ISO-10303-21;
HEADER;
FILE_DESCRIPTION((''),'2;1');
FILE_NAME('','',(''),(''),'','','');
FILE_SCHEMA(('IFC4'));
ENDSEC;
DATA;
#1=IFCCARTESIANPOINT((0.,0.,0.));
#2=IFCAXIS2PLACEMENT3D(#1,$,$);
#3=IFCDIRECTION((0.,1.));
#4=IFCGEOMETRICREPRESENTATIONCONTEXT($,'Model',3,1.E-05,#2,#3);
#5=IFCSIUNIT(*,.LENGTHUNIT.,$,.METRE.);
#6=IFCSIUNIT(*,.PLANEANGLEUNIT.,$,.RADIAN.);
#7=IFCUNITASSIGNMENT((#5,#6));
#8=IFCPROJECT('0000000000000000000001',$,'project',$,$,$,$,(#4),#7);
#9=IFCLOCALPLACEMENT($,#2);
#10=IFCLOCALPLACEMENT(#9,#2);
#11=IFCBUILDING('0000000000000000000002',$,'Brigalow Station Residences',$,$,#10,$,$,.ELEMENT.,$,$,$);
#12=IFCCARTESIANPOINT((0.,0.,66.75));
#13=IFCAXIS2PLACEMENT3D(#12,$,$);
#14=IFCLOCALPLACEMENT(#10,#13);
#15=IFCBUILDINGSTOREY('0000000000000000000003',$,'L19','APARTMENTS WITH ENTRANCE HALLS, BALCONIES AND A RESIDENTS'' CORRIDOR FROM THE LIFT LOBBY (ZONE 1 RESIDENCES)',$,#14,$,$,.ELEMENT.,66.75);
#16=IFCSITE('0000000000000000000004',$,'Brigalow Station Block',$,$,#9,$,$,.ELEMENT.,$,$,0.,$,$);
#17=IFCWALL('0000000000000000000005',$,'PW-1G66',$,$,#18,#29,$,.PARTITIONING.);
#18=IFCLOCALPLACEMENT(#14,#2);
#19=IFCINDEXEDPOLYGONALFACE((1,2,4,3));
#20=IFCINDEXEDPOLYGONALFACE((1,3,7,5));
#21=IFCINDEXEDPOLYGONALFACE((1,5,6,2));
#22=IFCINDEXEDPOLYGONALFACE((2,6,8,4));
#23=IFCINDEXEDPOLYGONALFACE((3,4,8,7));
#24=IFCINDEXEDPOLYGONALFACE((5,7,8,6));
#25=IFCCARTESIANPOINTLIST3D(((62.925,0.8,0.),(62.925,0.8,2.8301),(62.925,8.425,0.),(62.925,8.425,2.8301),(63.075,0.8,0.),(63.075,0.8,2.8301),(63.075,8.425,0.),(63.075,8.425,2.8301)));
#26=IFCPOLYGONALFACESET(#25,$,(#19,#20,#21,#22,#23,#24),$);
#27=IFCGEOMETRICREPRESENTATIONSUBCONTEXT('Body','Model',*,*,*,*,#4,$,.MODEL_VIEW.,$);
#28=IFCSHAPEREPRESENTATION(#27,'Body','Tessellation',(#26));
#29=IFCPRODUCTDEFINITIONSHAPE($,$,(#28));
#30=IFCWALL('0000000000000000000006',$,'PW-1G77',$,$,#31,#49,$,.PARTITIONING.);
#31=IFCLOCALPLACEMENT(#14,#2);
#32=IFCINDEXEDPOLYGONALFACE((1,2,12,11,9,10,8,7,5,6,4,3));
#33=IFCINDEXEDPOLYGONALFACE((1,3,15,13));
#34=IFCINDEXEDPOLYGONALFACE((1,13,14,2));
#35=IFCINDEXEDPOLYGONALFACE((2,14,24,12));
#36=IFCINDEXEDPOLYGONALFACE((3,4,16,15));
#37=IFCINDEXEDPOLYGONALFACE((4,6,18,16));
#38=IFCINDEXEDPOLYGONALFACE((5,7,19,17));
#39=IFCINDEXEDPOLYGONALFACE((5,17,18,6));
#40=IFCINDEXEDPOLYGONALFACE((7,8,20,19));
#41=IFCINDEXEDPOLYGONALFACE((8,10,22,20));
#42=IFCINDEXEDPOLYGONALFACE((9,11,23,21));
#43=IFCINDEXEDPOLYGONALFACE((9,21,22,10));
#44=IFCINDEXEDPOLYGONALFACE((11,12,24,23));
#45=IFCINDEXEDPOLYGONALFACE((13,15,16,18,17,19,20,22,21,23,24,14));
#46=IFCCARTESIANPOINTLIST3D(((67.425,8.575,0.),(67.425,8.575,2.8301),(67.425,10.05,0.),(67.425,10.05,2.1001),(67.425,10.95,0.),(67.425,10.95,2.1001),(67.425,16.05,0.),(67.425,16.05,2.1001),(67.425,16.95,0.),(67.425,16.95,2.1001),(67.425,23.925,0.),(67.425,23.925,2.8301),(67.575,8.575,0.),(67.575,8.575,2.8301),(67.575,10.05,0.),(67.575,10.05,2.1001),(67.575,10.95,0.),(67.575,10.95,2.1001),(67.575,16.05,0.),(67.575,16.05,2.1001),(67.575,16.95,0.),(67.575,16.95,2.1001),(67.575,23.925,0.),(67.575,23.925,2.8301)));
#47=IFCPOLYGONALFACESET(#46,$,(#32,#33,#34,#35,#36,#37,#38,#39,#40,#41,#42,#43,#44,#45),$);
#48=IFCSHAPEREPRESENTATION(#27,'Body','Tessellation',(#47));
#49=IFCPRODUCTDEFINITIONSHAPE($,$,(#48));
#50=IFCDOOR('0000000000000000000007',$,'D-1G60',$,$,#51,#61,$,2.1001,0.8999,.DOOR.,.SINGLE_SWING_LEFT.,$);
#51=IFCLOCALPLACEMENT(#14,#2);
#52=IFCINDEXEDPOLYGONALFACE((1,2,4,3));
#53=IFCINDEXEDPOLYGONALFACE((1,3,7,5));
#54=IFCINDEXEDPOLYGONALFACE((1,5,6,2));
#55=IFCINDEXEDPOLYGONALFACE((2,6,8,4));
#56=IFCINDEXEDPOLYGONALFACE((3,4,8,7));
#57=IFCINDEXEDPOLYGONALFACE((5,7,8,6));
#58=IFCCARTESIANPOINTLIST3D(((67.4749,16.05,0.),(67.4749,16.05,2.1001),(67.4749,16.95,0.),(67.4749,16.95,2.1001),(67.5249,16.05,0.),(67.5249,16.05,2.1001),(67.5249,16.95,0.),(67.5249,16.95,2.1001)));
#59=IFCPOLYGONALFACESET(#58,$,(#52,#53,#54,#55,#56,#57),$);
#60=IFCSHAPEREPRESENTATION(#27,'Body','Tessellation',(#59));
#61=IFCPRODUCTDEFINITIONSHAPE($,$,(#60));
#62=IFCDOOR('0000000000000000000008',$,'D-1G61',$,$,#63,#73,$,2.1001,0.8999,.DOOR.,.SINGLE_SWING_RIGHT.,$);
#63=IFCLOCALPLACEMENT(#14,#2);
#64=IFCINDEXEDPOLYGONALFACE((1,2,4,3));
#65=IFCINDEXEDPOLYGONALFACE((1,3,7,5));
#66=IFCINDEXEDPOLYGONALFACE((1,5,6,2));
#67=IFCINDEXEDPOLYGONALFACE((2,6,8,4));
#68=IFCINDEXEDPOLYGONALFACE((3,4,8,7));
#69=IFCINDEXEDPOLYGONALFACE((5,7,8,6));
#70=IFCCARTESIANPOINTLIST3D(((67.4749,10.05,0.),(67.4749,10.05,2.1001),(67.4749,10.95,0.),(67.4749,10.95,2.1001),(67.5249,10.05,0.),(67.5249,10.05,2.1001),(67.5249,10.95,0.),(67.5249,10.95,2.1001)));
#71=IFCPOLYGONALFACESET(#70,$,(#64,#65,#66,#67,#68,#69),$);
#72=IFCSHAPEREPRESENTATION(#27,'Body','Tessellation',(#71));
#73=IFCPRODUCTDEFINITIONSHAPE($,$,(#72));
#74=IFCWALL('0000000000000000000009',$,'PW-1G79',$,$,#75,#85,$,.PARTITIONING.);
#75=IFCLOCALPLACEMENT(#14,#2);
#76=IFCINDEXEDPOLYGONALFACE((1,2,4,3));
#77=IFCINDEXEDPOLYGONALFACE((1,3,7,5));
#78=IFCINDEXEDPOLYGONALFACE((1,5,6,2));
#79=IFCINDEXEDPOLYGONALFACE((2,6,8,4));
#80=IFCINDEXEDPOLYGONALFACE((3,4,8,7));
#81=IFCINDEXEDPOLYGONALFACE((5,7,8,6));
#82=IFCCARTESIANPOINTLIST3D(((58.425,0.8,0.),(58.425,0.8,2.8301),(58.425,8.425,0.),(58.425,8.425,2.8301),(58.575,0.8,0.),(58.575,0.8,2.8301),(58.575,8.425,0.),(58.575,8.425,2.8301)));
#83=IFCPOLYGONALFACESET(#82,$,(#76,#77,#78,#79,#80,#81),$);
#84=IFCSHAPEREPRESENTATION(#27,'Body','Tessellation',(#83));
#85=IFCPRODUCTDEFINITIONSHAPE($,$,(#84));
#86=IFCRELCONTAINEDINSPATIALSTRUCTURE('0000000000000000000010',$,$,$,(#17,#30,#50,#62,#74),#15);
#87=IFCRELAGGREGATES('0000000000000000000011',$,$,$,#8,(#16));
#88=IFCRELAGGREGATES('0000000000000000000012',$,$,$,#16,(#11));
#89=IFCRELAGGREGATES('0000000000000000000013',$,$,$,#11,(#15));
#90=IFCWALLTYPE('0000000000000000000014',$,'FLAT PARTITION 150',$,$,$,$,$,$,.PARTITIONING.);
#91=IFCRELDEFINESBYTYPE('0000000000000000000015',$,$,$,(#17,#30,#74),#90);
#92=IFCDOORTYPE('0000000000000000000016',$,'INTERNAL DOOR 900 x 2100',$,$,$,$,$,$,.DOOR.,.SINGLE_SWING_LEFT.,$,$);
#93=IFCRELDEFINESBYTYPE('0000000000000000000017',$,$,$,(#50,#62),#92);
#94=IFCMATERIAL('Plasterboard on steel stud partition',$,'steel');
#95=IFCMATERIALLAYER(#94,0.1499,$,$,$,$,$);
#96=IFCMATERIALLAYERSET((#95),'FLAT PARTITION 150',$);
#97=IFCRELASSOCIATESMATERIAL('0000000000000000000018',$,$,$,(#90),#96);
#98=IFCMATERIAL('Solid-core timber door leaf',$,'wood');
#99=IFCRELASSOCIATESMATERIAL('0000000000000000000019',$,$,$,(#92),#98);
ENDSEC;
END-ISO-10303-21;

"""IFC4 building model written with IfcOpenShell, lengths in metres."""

from ifc_helpers import new_model, si_unit, direction, frame, frame_2d, origin, place, context, subcontext, project, spatial, rectangle, extrude, material, layer, layer_set, type_object, element, fill, save


model = new_model("IFC4")

# Units and contexts
model_context = context("Model", 3, precision=1e-05, world=origin(), true_north=direction((0.0, 1.0)))
body_context = subcontext(model_context, "Body", "Model", "MODEL_VIEW")
ifc_project = project(units=[si_unit("LENGTHUNIT", "METRE"), si_unit("PLANEANGLEUNIT", "RADIAN")], contexts=[model_context])

# Site, building, storey
site_placement = place(None, origin())
site = spatial("IfcSite", under=ifc_project, at=site_placement, Name="Brigalow Station Block", CompositionType="ELEMENT", RefElevation=0.0)
building_placement = place(site_placement, origin())
building = spatial("IfcBuilding", under=site, at=building_placement, Name="Brigalow Station Residences", CompositionType="ELEMENT")
storey_placement = place(building_placement, frame((0.0, 0.0, 66.75)))
storey = spatial("IfcBuildingStorey", under=building, at=storey_placement, Name="L19", Description="APARTMENTS WITH ENTRANCE HALLS, BALCONIES AND A RESIDENTS' CORRIDOR FROM THE LIFT LOBBY (ZONE 1 RESIDENCES)", CompositionType="ELEMENT", Elevation=66.75)

# Wall
ifc_material_1 = material(Name="Plasterboard on steel stud partition", Category="steel")
ifc_layer_1 = layer(ifc_material_1, 0.1499)
ifc_layer_set_1 = layer_set([ifc_layer_1], Name="FLAT PARTITION 150")
wall_type_1 = type_object("IfcWallType", Name="FLAT PARTITION 150", PredefinedType="PARTITIONING", material=ifc_layer_set_1)
wall_1_placement = place(storey_placement, frame((63.0, 0.8, 0.0), z_axis=(0.0, 0.0, 1.0), x_axis=(0.0, 1.0, 0.0)))
element("IfcWall", 1, at=wall_1_placement, inside=storey, type_object=wall_type_1, Name="PW-1G66", PredefinedType="PARTITIONING", context=body_context, shape_type="SweptSolid", body=[
    extrude(rectangle(XDim=7.625, YDim=0.1499, at=frame_2d((3.8125, 0.0))), origin(), (0.0, 0.0, 1.0), 2.8301),
])

# Wall, openings, doors
wall_2_placement = place(storey_placement, frame((67.5, 8.575, 0.0), z_axis=(0.0, 0.0, 1.0), x_axis=(0.0, 1.0, 0.0)))
wall_2 = element("IfcWall", 2, at=wall_2_placement, inside=storey, type_object=wall_type_1, Name="PW-1G77", PredefinedType="PARTITIONING", context=body_context, shape_type="SweptSolid", body=[
    extrude(rectangle(XDim=15.3501, YDim=0.1499, at=frame_2d((7.675, 0.0))), origin(), (0.0, 0.0, 1.0), 2.8301),
])
opening_1_placement = place(wall_2_placement, frame((7.4751, 0.0, 0.0)))
opening_1 = element("IfcOpeningElement", 3, at=opening_1_placement, cuts=wall_2, PredefinedType="OPENING", context=body_context, shape_type="SweptSolid", body=[
    extrude(rectangle(XDim=0.8999, YDim=2.1001, at=frame_2d((0.45, 1.05))), frame((0.0, 0.085, 0.0), z_axis=(0.0, -1.0, 0.0), x_axis=(1.0, 0.0, 0.0)), (0.0, 0.0, 1.0), 0.1699),
])
opening_2_placement = place(wall_2_placement, frame((1.4751, 0.0, 0.0)))
opening_2 = element("IfcOpeningElement", 4, at=opening_2_placement, cuts=wall_2, PredefinedType="OPENING", context=body_context, shape_type="SweptSolid", body=[
    extrude(rectangle(XDim=0.8999, YDim=2.1001, at=frame_2d((0.45, 1.05))), frame((0.0, 0.085, 0.0), z_axis=(0.0, -1.0, 0.0), x_axis=(1.0, 0.0, 0.0)), (0.0, 0.0, 1.0), 0.1699),
])
ifc_material_2 = material(Name="Solid-core timber door leaf", Category="wood")
door_type = type_object("IfcDoorType", Name="INTERNAL DOOR 900 x 2100", OperationType="SINGLE_SWING_LEFT", PredefinedType="DOOR", material=ifc_material_2)
door_1_placement = place(opening_1_placement, frame((0.8999, 0.0, 0.0), z_axis=(0.0, 0.0, 1.0), x_axis=(-1.0, 0.0, 0.0)))
door_1 = element("IfcDoor", 5, at=door_1_placement, inside=storey, type_object=door_type, Name="D-1G60", OperationType="SINGLE_SWING_LEFT", OverallHeight=2.1001, OverallWidth=0.8999, PredefinedType="DOOR", context=body_context, shape_type="SweptSolid", body=[
    extrude(rectangle(XDim=0.8999, YDim=2.1001, at=frame_2d((0.45, 1.05))), frame((0.0, 0.0249, 0.0), z_axis=(0.0, -1.0, 0.0), x_axis=(1.0, 0.0, 0.0)), (0.0, 0.0, 1.0), 0.05),
])
fill(opening_1, door_1)
door_2_placement = place(opening_2_placement, frame((0.8999, 0.0, 0.0), z_axis=(0.0, 0.0, 1.0), x_axis=(-1.0, 0.0, 0.0)))
door_2 = element("IfcDoor", 6, at=door_2_placement, inside=storey, type_object=door_type, Name="D-1G61", OperationType="SINGLE_SWING_RIGHT", OverallHeight=2.1001, OverallWidth=0.8999, PredefinedType="DOOR", context=body_context, shape_type="SweptSolid", body=[
    extrude(rectangle(XDim=0.8999, YDim=2.1001, at=frame_2d((0.45, 1.05))), frame((0.0, 0.0249, 0.0), z_axis=(0.0, -1.0, 0.0), x_axis=(1.0, 0.0, 0.0)), (0.0, 0.0, 1.0), 0.05),
])
fill(opening_2, door_2)

# Wall
wall_3_placement = place(storey_placement, frame((58.5, 0.8, 0.0), z_axis=(0.0, 0.0, 1.0), x_axis=(0.0, 1.0, 0.0)))
element("IfcWall", 7, at=wall_3_placement, inside=storey, type_object=wall_type_1, Name="PW-1G79", PredefinedType="PARTITIONING", context=body_context, shape_type="SweptSolid", body=[
    extrude(rectangle(XDim=7.625, YDim=0.1499, at=frame_2d((3.8125, 0.0))), origin(), (0.0, 0.0, 1.0), 2.8301),
])

save(model, "model.ifc")
